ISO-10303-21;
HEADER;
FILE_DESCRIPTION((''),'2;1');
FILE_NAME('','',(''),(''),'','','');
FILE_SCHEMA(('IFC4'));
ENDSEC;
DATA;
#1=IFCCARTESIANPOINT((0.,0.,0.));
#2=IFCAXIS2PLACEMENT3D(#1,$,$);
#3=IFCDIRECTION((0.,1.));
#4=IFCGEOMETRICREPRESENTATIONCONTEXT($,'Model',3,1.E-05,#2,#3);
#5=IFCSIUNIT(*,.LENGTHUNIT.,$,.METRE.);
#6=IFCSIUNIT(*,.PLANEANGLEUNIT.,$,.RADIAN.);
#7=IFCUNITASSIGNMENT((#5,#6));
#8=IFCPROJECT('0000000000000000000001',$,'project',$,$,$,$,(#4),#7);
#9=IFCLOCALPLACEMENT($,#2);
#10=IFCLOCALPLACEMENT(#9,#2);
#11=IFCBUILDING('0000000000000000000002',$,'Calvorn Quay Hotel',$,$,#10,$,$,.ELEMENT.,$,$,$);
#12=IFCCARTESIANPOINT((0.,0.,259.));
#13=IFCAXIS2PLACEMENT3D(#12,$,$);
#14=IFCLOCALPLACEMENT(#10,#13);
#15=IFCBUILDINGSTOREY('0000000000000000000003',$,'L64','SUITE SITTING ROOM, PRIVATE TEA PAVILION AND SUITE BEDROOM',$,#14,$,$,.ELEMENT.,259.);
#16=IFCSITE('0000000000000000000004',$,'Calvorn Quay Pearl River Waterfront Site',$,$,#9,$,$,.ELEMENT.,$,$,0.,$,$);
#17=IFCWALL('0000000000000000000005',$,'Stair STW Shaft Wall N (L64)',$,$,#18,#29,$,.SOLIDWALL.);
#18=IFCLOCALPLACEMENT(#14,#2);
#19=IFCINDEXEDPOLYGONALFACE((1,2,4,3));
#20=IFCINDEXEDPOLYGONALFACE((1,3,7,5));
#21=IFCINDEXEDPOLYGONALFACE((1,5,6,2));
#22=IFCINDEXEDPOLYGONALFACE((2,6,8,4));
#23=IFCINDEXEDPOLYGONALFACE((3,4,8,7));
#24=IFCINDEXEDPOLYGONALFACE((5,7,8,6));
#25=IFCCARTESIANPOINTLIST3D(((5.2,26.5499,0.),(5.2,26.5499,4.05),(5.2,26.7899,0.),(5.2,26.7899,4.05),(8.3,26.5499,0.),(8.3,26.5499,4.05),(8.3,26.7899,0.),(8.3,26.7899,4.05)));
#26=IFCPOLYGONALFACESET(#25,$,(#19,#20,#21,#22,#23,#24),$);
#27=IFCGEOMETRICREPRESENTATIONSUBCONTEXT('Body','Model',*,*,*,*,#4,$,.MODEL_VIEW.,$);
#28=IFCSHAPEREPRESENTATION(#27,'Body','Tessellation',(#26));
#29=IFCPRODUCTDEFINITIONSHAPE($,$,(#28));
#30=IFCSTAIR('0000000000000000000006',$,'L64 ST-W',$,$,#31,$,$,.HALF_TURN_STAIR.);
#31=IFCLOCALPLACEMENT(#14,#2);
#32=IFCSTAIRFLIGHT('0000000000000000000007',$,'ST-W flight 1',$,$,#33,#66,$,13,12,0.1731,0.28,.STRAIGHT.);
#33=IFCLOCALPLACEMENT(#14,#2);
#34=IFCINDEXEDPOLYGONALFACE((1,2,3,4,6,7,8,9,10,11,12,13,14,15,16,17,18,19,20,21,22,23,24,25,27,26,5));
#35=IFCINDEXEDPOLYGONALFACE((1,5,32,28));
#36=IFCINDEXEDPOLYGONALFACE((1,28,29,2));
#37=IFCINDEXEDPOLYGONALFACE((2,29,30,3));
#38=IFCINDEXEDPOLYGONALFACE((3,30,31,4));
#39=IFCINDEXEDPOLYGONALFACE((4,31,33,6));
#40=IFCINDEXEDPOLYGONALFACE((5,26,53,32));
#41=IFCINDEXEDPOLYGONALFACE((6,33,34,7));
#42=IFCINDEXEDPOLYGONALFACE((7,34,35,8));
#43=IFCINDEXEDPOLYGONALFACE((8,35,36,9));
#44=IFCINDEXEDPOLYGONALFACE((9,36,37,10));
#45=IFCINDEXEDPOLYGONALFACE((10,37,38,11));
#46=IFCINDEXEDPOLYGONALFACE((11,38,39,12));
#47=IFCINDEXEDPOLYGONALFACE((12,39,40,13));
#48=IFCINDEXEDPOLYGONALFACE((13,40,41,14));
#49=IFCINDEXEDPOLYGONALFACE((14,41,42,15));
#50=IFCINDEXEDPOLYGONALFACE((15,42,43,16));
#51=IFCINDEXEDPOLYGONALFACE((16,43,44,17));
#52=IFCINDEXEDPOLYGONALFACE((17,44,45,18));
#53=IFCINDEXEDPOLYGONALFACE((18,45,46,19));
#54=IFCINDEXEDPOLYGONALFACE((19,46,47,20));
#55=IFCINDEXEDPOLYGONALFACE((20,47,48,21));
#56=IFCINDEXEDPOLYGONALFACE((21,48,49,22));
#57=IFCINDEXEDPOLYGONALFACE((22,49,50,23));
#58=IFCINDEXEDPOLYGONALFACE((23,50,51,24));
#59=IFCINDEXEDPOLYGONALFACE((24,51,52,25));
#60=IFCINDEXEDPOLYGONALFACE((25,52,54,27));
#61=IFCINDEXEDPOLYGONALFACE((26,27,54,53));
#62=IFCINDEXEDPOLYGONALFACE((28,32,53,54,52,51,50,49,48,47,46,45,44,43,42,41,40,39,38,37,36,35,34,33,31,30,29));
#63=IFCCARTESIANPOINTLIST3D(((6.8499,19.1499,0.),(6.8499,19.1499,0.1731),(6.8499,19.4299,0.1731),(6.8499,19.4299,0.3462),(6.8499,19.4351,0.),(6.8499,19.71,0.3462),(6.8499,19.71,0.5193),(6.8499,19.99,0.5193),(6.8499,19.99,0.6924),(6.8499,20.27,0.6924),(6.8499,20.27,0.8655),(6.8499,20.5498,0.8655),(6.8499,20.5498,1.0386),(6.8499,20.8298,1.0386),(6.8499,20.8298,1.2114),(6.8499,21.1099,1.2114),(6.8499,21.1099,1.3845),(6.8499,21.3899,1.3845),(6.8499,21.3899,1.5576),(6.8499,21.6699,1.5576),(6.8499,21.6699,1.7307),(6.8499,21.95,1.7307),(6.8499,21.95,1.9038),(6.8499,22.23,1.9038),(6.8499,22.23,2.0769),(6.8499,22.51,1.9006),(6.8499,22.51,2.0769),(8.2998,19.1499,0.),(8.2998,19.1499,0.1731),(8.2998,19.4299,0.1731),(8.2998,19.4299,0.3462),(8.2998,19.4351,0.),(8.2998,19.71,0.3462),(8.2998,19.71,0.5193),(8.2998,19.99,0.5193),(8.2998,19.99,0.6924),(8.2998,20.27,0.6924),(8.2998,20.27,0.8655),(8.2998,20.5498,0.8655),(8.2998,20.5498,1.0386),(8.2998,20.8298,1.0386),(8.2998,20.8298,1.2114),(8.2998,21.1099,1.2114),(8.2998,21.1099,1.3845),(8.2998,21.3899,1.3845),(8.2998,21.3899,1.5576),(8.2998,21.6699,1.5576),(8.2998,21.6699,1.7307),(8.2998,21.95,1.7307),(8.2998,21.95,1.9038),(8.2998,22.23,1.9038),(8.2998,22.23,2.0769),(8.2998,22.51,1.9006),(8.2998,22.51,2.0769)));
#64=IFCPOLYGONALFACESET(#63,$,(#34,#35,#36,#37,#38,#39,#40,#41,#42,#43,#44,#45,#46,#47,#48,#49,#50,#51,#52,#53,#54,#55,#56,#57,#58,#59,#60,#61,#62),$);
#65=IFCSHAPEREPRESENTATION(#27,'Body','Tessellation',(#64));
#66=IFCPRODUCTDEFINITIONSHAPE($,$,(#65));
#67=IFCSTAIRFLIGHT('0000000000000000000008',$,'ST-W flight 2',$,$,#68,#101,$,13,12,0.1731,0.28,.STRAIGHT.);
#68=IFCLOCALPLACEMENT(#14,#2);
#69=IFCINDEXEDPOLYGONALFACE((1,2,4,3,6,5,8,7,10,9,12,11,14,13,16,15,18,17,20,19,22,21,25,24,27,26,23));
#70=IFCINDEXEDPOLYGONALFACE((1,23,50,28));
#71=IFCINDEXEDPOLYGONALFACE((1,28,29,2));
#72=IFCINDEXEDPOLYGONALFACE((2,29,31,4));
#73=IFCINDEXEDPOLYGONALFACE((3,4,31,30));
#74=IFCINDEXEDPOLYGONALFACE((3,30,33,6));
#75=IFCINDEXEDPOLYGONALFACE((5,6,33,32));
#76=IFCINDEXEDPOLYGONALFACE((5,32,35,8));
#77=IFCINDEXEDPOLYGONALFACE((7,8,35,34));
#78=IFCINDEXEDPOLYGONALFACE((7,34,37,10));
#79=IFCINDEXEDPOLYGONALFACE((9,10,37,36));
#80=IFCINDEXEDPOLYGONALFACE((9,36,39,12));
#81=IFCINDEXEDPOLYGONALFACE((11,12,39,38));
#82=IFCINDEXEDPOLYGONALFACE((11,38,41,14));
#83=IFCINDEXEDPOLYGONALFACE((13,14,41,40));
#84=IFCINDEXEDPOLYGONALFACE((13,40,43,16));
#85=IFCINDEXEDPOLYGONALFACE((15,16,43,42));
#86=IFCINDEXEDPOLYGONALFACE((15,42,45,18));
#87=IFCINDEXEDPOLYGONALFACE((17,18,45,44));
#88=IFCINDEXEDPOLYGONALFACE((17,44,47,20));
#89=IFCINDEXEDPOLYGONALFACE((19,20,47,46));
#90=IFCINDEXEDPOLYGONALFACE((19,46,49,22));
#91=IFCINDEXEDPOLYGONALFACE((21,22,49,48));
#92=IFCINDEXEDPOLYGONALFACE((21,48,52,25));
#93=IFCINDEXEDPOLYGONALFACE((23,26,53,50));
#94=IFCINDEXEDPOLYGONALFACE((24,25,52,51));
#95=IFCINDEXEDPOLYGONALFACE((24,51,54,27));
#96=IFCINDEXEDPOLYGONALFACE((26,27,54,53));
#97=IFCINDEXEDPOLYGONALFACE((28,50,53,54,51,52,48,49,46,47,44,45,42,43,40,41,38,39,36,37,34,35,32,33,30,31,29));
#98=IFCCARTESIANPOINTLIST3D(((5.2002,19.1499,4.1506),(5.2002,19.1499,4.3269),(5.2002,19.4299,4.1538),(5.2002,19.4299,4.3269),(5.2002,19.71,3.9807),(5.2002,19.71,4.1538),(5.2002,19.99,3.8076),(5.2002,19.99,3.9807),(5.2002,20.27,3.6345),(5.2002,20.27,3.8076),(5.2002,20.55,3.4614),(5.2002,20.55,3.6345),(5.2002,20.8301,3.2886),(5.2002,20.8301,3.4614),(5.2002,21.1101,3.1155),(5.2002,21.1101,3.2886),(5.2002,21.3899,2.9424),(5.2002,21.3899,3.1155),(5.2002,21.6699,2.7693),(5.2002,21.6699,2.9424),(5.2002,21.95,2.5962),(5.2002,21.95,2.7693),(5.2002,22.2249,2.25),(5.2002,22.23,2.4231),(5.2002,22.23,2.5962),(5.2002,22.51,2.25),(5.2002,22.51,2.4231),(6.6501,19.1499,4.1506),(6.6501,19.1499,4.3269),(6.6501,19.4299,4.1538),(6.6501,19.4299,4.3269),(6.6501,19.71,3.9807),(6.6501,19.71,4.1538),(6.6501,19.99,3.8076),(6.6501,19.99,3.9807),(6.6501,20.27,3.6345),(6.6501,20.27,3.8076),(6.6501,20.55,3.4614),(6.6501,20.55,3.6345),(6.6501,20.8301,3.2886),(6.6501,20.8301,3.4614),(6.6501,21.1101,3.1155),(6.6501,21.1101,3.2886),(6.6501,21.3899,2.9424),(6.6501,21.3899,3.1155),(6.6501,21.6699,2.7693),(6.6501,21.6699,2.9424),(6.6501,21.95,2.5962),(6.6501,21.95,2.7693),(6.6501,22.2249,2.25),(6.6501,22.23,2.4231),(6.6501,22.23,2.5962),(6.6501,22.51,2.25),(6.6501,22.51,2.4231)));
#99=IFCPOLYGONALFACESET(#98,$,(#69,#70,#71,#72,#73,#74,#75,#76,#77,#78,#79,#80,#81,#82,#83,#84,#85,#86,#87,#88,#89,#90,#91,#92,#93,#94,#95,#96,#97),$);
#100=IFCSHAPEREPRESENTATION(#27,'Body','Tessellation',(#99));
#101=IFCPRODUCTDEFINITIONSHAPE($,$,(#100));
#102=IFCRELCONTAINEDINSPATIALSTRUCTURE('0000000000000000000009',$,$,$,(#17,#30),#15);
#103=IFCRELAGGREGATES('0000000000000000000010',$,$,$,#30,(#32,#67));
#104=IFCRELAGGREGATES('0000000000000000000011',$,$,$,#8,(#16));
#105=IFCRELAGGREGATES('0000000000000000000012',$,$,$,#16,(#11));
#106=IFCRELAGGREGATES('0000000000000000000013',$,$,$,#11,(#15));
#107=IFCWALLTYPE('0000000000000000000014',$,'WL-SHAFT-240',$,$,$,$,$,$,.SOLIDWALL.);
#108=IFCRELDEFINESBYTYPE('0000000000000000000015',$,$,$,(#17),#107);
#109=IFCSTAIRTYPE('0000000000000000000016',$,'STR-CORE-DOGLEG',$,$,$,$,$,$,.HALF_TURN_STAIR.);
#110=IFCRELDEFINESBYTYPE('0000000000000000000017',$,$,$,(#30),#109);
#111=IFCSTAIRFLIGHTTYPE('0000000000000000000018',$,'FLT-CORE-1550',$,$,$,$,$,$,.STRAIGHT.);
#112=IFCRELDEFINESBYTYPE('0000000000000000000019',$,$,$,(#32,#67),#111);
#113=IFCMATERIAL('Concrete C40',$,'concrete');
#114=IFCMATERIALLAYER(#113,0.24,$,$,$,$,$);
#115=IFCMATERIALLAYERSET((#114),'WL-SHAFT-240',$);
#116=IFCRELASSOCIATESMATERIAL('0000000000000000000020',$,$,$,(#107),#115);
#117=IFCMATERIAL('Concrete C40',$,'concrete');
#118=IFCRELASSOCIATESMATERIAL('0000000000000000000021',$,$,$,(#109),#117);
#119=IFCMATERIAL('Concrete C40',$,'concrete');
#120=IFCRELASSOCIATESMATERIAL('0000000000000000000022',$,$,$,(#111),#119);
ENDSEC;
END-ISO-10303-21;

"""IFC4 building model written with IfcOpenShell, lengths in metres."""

from ifc_helpers import new_model, si_unit, direction, frame, frame_2d, origin, place, context, subcontext, project, spatial, polyline, rectangle, outline, extrude, material, layer, layer_set, type_object, element, aggregate, save


model = new_model("IFC4")

# Units and contexts
model_context = context("Model", 3, precision=1e-05, world=origin(), true_north=direction((0.0, 1.0)))
body_context = subcontext(model_context, "Body", "Model", "MODEL_VIEW")
ifc_project = project(units=[si_unit("LENGTHUNIT", "METRE"), si_unit("PLANEANGLEUNIT", "RADIAN")], contexts=[model_context])

# Site, building, storey
site_placement = place(None, origin())
site = spatial("IfcSite", under=ifc_project, at=site_placement, Name="Calvorn Quay Pearl River Waterfront Site", CompositionType="ELEMENT", RefElevation=0.0)
building_placement = place(site_placement, origin())
building = spatial("IfcBuilding", under=site, at=building_placement, Name="Calvorn Quay Hotel", CompositionType="ELEMENT")
storey_placement = place(building_placement, frame((0.0, 0.0, 259.0)))
storey = spatial("IfcBuildingStorey", under=building, at=storey_placement, Name="L64", Description="SUITE SITTING ROOM, PRIVATE TEA PAVILION AND SUITE BEDROOM", CompositionType="ELEMENT", Elevation=259.0)

# Wall
ifc_material_1 = material(Name="Concrete C40", Category="concrete")
ifc_layer_1 = layer(ifc_material_1, 0.24)
ifc_layer_set_1 = layer_set([ifc_layer_1], Name="WL-SHAFT-240")
wall_type_1 = type_object("IfcWallType", Name="WL-SHAFT-240", PredefinedType="SOLIDWALL", material=ifc_layer_set_1)
wall_1_placement = place(storey_placement, frame((5.2, 26.6699, 0.0), z_axis=(0.0, 0.0, 1.0), x_axis=(1.0, 0.0, 0.0)))
element("IfcWall", 1, at=wall_1_placement, inside=storey, type_object=wall_type_1, Name="Stair STW Shaft Wall N (L64)", PredefinedType="SOLIDWALL", context=body_context, shape_type="SweptSolid", body=[
    extrude(rectangle(XDim=3.1001, YDim=0.24, at=frame_2d((1.55, 0.0))), origin(), (0.0, 0.0, 1.0), 4.05),
])

# Stair, stair flights
ifc_material_2 = material(Name="Concrete C40", Category="concrete")
stair_type = type_object("IfcStairType", Name="STR-CORE-DOGLEG", PredefinedType="HALF_TURN_STAIR", material=ifc_material_2)
stair_placement = place(storey_placement, origin())
stair = element("IfcStair", 2, at=stair_placement, inside=storey, type_object=stair_type, Name="L64 ST-W", PredefinedType="HALF_TURN_STAIR")
ifc_material_3 = material(Name="Concrete C40", Category="concrete")
stair_flight_type = type_object("IfcStairFlightType", Name="FLT-CORE-1550", PredefinedType="STRAIGHT", material=ifc_material_3)
stair_flight_1_placement = place(storey_placement, frame((7.575, 19.1499, 0.0), z_axis=(0.0, 0.0, 1.0), x_axis=(0.0, 1.0, 0.0)))
stair_flight_1 = element("IfcStairFlight", 3, at=stair_flight_1_placement, type_object=stair_flight_type, Name="ST-W flight 1", NumberOfRisers=13, NumberOfTreads=12, PredefinedType="STRAIGHT", RiserHeight=0.1731, TreadLength=0.28, context=body_context, shape_type="SweptSolid", body=[
    extrude(outline(polyline([(0.0, 0.0), (0.0, 0.1731), (0.28, 0.1731), (0.28, 0.3462), (0.5601, 0.3462), (0.5601, 0.5193), (0.8401, 0.5193), (0.8401, 0.6924), (1.1201, 0.6924), (1.1201, 0.8655), (1.3999, 0.8655), (1.3999, 1.0386), (1.6799, 1.0386), (1.6799, 1.2114), (1.96, 1.2114), (1.96, 1.3845), (2.24, 1.3845), (2.24, 1.5576), (2.52, 1.5576), (2.52, 1.7307), (2.8, 1.7307), (2.8, 1.9038), (3.0801, 1.9038), (3.0801, 2.0769), (3.3601, 2.0769), (3.3601, 2.25), (3.3601, 1.9006), (0.2852, 0.0), (0.0, 0.0)])), frame((0.0, 0.7251, 0.0), z_axis=(0.0, -1.0, 0.0), x_axis=(1.0, 0.0, 0.0)), (0.0, 0.0, 1.0), 1.45),
])
stair_flight_2_placement = place(storey_placement, frame((5.925, 22.51, 2.25), z_axis=(0.0, 0.0, 1.0), x_axis=(0.0, -1.0, 0.0)))
stair_flight_2 = element("IfcStairFlight", 4, at=stair_flight_2_placement, type_object=stair_flight_type, Name="ST-W flight 2", NumberOfRisers=13, NumberOfTreads=12, PredefinedType="STRAIGHT", RiserHeight=0.1731, TreadLength=0.28, context=body_context, shape_type="SweptSolid", body=[
    extrude(outline(polyline([(0.0, 0.0), (0.0, 0.1731), (0.28, 0.1731), (0.28, 0.3462), (0.5601, 0.3462), (0.5601, 0.5193), (0.8401, 0.5193), (0.8401, 0.6924), (1.1201, 0.6924), (1.1201, 0.8655), (1.3999, 0.8655), (1.3999, 1.0386), (1.6799, 1.0386), (1.6799, 1.2114), (1.96, 1.2114), (1.96, 1.3845), (2.24, 1.3845), (2.24, 1.5576), (2.52, 1.5576), (2.52, 1.7307), (2.8, 1.7307), (2.8, 1.9038), (3.0801, 1.9038), (3.0801, 2.0769), (3.3601, 2.0769), (3.3601, 2.25), (3.3601, 1.9006), (0.2852, 0.0), (0.0, 0.0)])), frame((0.0, 0.7251, 0.0), z_axis=(0.0, -1.0, 0.0), x_axis=(1.0, 0.0, 0.0)), (0.0, 0.0, 1.0), 1.45),
])
aggregate(stair, [stair_flight_1, stair_flight_2])

save(model, "model.ifc")
